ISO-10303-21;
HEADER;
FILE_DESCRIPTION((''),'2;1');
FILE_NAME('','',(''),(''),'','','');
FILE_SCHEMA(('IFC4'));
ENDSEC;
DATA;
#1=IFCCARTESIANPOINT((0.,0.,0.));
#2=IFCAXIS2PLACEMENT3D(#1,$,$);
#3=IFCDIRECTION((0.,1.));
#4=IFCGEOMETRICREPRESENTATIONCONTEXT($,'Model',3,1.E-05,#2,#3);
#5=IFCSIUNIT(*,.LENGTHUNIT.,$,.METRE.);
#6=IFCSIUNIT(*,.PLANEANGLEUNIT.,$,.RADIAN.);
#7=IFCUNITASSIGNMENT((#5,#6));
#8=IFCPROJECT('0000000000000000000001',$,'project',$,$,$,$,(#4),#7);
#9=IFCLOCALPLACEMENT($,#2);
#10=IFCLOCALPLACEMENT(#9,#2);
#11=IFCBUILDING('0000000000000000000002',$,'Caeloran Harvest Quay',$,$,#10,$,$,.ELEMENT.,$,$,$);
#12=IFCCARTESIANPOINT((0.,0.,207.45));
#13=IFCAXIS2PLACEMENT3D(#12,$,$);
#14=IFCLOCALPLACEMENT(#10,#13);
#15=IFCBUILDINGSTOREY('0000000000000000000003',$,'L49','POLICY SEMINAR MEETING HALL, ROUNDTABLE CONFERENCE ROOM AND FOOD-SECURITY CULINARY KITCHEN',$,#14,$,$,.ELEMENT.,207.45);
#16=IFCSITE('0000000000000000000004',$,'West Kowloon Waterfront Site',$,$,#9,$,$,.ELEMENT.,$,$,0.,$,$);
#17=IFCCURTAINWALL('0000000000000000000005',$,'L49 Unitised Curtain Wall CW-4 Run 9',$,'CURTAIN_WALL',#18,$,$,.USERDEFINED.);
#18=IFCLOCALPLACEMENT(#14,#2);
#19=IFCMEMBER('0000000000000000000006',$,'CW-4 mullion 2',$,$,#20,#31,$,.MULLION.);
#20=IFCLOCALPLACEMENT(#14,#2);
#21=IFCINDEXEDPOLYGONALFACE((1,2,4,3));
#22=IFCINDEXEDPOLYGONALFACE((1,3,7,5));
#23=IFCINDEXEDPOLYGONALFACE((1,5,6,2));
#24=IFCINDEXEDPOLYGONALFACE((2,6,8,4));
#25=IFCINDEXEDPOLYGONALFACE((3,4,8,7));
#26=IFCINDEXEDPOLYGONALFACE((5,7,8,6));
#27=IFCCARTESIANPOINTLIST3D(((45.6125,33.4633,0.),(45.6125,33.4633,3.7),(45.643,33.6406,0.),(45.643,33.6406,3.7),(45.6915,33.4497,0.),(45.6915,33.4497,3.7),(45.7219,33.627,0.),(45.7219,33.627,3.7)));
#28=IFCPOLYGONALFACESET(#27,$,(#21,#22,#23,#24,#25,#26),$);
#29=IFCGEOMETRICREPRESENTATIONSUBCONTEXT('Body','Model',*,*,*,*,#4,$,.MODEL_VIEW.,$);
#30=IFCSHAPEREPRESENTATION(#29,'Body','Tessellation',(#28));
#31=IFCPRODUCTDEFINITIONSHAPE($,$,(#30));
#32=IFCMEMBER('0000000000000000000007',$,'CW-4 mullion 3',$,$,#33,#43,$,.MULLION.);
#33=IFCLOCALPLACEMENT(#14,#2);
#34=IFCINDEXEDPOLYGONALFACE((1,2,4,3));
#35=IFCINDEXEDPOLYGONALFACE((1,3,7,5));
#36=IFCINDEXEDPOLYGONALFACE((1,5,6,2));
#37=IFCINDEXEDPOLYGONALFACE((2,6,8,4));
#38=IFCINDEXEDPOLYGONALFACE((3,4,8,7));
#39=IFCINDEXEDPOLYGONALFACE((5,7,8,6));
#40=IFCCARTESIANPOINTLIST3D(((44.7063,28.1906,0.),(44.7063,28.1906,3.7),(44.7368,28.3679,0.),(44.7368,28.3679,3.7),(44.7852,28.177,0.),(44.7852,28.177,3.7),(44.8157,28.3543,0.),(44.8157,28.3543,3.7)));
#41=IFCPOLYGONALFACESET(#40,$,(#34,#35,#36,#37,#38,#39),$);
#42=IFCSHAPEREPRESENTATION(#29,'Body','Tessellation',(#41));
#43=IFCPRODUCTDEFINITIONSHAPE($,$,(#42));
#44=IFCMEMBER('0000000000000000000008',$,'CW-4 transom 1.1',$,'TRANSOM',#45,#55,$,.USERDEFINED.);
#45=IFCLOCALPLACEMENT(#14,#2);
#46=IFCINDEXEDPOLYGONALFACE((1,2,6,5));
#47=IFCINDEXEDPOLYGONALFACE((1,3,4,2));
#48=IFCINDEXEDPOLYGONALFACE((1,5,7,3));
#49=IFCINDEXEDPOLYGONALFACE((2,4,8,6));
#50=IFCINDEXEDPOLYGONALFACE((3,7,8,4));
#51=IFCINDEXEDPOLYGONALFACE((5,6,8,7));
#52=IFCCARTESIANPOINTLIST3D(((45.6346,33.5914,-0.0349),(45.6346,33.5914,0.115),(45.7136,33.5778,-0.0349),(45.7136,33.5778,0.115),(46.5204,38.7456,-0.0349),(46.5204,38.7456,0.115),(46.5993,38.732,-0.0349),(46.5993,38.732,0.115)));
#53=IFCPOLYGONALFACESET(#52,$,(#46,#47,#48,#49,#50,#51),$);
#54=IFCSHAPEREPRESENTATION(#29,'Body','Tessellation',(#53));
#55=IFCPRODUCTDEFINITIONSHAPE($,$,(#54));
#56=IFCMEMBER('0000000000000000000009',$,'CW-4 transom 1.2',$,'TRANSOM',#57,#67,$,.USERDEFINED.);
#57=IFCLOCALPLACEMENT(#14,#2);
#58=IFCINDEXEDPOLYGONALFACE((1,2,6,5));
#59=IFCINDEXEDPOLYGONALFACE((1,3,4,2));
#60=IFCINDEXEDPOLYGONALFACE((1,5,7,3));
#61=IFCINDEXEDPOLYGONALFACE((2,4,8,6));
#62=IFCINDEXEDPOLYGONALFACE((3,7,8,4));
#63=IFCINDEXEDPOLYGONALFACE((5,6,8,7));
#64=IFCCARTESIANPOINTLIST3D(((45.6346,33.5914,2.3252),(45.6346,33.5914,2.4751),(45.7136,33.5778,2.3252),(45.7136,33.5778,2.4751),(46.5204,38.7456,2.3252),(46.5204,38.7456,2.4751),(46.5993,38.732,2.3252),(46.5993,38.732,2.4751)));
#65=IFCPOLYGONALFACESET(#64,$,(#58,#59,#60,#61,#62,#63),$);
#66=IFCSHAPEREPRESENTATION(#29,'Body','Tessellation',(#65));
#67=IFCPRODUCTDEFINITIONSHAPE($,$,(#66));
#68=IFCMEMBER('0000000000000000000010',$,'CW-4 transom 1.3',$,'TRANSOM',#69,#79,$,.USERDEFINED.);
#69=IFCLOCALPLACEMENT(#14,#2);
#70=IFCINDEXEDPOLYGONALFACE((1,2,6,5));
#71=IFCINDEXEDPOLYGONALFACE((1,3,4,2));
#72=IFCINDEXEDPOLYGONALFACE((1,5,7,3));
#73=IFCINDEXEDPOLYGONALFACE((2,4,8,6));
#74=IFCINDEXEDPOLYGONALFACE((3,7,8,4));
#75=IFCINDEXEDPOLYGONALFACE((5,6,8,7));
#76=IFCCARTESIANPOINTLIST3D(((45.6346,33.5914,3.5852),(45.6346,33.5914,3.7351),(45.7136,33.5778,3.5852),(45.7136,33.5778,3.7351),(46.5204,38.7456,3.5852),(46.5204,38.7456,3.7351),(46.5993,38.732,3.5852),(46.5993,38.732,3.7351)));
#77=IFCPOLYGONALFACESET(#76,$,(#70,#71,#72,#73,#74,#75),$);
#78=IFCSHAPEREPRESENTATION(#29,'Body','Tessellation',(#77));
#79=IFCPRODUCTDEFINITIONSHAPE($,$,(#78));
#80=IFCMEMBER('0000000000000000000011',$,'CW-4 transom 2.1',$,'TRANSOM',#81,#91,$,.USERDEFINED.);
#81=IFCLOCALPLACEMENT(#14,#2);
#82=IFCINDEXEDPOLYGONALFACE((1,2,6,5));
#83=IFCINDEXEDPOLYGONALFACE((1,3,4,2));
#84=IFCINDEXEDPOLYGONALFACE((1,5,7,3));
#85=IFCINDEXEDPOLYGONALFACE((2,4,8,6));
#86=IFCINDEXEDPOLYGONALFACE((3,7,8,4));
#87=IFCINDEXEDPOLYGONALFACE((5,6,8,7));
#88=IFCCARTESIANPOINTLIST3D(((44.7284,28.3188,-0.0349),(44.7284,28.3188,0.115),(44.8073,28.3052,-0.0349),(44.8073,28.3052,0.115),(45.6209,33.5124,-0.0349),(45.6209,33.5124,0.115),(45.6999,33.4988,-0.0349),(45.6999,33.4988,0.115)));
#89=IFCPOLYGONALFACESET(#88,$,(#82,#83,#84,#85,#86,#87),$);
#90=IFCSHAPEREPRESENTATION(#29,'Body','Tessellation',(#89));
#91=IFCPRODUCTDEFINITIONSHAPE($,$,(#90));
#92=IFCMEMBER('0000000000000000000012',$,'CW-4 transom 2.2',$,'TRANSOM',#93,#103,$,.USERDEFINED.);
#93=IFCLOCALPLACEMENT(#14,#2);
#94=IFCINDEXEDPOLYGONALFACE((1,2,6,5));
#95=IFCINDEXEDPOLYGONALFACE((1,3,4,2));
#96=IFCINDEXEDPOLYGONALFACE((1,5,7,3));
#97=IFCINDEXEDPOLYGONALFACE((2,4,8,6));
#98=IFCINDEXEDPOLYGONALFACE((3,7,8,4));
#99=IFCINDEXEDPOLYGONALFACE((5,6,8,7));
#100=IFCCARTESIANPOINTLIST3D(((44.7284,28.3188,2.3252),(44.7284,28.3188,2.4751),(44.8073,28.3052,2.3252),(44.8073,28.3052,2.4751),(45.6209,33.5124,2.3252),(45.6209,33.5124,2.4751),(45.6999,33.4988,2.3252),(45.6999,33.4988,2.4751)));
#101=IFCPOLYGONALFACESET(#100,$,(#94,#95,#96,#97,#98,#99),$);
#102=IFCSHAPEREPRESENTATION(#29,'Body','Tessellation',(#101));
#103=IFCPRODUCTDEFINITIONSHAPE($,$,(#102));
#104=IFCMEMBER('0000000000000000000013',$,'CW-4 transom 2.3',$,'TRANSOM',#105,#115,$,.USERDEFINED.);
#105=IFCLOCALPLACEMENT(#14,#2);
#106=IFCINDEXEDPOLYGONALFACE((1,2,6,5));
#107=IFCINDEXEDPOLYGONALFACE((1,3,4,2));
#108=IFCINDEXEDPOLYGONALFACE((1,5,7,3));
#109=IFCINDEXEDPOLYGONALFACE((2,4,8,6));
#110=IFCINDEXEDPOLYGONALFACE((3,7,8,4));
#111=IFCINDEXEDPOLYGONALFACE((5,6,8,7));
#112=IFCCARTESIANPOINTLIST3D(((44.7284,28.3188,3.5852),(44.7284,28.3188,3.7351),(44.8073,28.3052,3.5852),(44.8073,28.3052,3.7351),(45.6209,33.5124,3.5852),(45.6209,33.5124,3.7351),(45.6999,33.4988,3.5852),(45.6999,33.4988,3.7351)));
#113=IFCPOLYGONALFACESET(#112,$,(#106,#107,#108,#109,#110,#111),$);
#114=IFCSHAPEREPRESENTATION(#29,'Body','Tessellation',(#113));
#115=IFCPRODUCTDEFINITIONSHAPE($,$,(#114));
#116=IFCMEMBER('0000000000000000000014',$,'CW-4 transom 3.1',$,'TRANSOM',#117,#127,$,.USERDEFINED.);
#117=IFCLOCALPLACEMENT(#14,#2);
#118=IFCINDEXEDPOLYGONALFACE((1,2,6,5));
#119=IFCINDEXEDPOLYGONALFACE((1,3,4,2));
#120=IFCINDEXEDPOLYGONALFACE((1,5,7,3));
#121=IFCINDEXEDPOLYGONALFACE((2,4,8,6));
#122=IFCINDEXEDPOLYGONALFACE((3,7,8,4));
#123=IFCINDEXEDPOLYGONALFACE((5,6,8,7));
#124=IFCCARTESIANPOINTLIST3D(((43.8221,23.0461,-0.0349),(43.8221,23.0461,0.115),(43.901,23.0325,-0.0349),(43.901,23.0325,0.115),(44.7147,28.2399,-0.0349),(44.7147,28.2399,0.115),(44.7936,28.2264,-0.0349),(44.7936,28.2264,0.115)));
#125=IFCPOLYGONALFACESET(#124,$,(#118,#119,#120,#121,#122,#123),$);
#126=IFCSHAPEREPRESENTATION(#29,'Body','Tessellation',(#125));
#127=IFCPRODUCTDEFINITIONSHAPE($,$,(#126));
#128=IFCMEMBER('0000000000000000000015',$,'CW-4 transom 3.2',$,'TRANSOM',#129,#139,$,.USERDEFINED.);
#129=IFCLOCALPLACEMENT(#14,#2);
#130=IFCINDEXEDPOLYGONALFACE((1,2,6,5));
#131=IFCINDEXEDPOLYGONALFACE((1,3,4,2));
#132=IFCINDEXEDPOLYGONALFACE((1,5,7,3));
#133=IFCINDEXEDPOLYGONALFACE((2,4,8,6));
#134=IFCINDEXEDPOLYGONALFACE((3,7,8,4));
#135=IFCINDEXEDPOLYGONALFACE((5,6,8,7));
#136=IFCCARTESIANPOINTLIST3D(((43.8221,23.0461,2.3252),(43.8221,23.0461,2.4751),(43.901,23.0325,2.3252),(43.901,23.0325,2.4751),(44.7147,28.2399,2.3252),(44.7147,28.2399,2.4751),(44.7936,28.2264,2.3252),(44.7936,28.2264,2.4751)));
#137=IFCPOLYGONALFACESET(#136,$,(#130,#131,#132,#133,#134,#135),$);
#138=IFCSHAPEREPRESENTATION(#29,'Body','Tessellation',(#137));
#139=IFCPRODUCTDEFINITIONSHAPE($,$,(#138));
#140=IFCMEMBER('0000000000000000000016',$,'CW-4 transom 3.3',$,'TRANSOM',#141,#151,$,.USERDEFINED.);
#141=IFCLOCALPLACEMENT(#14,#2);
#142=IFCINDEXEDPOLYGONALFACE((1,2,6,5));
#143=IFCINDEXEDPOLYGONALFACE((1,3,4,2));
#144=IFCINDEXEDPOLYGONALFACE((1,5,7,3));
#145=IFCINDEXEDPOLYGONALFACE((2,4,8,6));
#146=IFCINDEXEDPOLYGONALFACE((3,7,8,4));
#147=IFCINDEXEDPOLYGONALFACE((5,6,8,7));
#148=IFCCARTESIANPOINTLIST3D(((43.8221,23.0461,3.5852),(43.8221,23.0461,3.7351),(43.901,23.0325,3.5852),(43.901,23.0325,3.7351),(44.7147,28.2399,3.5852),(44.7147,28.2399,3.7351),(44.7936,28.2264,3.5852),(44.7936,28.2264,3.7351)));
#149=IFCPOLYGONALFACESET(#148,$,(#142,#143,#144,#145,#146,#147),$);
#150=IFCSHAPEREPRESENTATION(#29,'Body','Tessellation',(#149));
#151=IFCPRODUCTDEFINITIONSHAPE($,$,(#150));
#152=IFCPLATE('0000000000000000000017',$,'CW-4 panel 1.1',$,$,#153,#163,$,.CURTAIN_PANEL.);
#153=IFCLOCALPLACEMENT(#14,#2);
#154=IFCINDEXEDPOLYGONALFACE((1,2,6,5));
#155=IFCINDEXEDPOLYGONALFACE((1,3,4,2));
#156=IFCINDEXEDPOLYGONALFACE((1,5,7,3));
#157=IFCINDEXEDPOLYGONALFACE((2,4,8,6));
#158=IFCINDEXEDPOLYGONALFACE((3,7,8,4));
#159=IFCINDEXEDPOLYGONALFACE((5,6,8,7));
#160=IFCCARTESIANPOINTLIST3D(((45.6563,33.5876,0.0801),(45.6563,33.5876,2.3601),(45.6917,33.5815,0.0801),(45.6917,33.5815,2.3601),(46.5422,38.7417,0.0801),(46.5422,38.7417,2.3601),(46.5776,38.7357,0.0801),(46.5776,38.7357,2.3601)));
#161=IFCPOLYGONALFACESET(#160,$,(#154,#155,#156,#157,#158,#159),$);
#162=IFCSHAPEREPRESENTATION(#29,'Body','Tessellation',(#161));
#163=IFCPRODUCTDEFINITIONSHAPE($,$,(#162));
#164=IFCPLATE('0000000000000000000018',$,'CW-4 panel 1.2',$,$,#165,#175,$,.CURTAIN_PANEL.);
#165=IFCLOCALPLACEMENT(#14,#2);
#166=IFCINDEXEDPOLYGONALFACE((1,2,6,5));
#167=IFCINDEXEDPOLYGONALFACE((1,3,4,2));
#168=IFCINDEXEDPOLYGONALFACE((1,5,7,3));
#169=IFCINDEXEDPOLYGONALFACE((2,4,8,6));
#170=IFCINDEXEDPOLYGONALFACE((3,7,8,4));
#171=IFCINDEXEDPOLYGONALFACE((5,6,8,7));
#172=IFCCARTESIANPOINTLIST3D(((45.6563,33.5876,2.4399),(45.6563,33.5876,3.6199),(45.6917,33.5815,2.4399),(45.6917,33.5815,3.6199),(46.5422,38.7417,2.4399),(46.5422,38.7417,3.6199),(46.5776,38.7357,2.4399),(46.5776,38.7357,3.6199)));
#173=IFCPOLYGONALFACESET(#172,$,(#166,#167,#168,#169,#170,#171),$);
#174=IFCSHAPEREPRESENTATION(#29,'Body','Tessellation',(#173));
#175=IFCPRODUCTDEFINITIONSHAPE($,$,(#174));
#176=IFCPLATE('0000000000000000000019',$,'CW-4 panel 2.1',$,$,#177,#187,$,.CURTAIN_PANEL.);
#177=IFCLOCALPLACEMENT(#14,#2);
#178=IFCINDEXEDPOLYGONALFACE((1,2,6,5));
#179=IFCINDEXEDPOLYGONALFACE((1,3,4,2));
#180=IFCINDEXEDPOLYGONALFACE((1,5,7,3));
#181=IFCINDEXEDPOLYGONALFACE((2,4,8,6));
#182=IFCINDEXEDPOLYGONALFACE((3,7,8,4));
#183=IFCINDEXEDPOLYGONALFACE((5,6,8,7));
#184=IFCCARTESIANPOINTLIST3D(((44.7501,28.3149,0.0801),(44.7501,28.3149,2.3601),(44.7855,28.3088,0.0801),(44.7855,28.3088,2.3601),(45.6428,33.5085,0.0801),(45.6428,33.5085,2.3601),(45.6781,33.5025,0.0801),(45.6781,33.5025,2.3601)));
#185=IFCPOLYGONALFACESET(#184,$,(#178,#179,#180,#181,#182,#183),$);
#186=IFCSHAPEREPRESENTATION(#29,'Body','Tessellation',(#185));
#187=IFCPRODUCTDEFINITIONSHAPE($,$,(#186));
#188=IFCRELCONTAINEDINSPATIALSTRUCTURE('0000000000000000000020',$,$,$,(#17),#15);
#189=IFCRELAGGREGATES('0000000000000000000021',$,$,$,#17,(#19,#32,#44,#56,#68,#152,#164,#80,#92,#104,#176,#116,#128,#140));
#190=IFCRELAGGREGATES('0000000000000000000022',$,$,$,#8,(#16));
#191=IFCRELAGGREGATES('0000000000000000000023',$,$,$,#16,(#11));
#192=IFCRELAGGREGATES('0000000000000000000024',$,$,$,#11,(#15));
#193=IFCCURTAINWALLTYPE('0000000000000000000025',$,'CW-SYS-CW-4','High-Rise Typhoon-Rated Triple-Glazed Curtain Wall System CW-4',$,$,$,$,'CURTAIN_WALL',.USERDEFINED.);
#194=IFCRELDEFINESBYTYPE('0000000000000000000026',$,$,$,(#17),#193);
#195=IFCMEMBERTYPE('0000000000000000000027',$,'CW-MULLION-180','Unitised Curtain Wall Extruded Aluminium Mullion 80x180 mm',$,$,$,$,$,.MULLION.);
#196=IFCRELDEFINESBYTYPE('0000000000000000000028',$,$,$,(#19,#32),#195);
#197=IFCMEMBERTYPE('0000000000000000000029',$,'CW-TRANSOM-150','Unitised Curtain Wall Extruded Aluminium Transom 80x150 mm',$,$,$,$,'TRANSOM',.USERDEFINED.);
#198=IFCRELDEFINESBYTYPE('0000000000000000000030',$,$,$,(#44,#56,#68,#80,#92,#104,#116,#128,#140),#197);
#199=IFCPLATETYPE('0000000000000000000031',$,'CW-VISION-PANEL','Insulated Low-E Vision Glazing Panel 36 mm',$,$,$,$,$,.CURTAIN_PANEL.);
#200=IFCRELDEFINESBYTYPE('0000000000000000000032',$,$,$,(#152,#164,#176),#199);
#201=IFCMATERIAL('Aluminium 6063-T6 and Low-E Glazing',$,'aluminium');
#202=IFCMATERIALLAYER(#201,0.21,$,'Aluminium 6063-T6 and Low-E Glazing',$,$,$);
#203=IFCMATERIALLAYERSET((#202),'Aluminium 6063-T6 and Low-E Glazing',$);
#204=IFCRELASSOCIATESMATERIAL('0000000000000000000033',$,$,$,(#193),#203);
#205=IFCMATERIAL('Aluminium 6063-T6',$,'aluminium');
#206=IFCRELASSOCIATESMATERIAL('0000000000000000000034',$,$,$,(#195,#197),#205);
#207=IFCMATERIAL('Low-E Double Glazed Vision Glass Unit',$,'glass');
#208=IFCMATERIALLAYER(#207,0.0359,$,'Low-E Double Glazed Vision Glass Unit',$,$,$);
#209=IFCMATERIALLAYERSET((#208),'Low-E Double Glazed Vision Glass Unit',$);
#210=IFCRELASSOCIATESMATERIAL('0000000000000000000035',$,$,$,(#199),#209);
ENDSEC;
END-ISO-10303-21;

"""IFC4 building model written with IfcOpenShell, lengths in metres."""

from ifc_helpers import new_model, si_unit, direction, frame, origin, origin_2d, place, context, subcontext, project, spatial, rectangle, extrude, material, layer, layer_set, material_profile, profile_set, type_object, element, aggregate, save


model = new_model("IFC4")

# Units and contexts
model_context = context("Model", 3, precision=1e-05, world=origin(), true_north=direction((0.0, 1.0)))
body_context = subcontext(model_context, "Body", "Model", "MODEL_VIEW")
ifc_project = project(units=[si_unit("LENGTHUNIT", "METRE"), si_unit("PLANEANGLEUNIT", "RADIAN")], contexts=[model_context])

# Site, building, storey
site_placement = place(None, origin())
site = spatial("IfcSite", under=ifc_project, at=site_placement, Name="West Kowloon Waterfront Site", CompositionType="ELEMENT", RefElevation=0.0)
building_placement = place(site_placement, origin())
building = spatial("IfcBuilding", under=site, at=building_placement, Name="Caeloran Harvest Quay", CompositionType="ELEMENT")
storey_placement = place(building_placement, frame((0.0, 0.0, 207.45)))
storey = spatial("IfcBuildingStorey", under=building, at=storey_placement, Name="L49", Description="POLICY SEMINAR MEETING HALL, ROUNDTABLE CONFERENCE ROOM AND FOOD-SECURITY CULINARY KITCHEN", CompositionType="ELEMENT", Elevation=207.45)

# Curtain wall, members, plates
ifc_material_1 = material(Name="Aluminium 6063-T6 and Low-E Glazing", Category="aluminium")
ifc_layer_1 = layer(ifc_material_1, 0.21, Name="Aluminium 6063-T6 and Low-E Glazing")
ifc_layer_set_1 = layer_set([ifc_layer_1], Name="Aluminium 6063-T6 and Low-E Glazing")
curtain_wall_type = type_object("IfcCurtainWallType", Name="CW-SYS-CW-4", Description="High-Rise Typhoon-Rated Triple-Glazed Curtain Wall System CW-4", ElementType="CURTAIN_WALL", PredefinedType="USERDEFINED", material=ifc_layer_set_1)
curtain_wall_placement = place(storey_placement, origin())
curtain_wall = element("IfcCurtainWall", 1, at=curtain_wall_placement, inside=storey, type_object=curtain_wall_type, Name="L49 Unitised Curtain Wall CW-4 Run 9", ObjectType="CURTAIN_WALL", PredefinedType="USERDEFINED")
ifc_material_2 = material(Name="Aluminium 6063-T6", Category="aluminium")
ifc_material_profile_1 = material_profile(ifc_material_2, rectangle(XDim=0.0801, YDim=0.1799, at=origin_2d()), Name="CW-MULLION-180")
ifc_profile_set_1 = profile_set([ifc_material_profile_1], Name="Aluminium 6063-T6")
member_type_1 = type_object("IfcMemberType", Name="CW-MULLION-180", Description="Unitised Curtain Wall Extruded Aluminium Mullion 80x180 mm", PredefinedType="MULLION", material=ifc_profile_set_1)
member_1_placement = place(storey_placement, frame((45.6672, 33.5452, 0.0), z_axis=(0.0, 0.0, 1.0), x_axis=(0.985549, -0.169391, 0.0)))
member_1 = element("IfcMember", 2, at=member_1_placement, type_object=member_type_1, Name="CW-4 mullion 2", PredefinedType="MULLION", context=body_context, shape_type="SweptSolid", body=[
    extrude(rectangle(XDim=0.0801, YDim=0.1799, at=origin_2d()), origin(), (0.0, 0.0, 1.0), 3.7),
])
member_2_placement = place(storey_placement, frame((44.761, 28.2725, 0.0), z_axis=(0.0, 0.0, 1.0), x_axis=(0.985549, -0.169391, 0.0)))
member_2 = element("IfcMember", 3, at=member_2_placement, type_object=member_type_1, Name="CW-4 mullion 3", PredefinedType="MULLION", context=body_context, shape_type="SweptSolid", body=[
    extrude(rectangle(XDim=0.0801, YDim=0.1799, at=origin_2d()), origin(), (0.0, 0.0, 1.0), 3.7),
])
ifc_material_profile_2 = material_profile(ifc_material_2, rectangle(XDim=0.0801, YDim=0.1499, at=origin_2d()), Name="CW-TRANSOM-150")
ifc_profile_set_2 = profile_set([ifc_material_profile_2], Name="Aluminium 6063-T6")
member_type_2 = type_object("IfcMemberType", Name="CW-TRANSOM-150", Description="Unitised Curtain Wall Extruded Aluminium Transom 80x150 mm", ElementType="TRANSOM", PredefinedType="USERDEFINED", material=ifc_profile_set_2)
member_3_placement = place(storey_placement, frame((46.5598, 38.7388, 0.04), z_axis=(-0.169363, -0.985554, 0.0), x_axis=(0.985554, -0.169363, 0.0)))
member_3 = element("IfcMember", 4, at=member_3_placement, type_object=member_type_2, Name="CW-4 transom 1.1", ObjectType="TRANSOM", PredefinedType="USERDEFINED", context=body_context, shape_type="SweptSolid", body=[
    extrude(rectangle(XDim=0.0801, YDim=0.1499, at=origin_2d()), origin(), (0.0, 0.0, 1.0), 5.2297),
])
member_4_placement = place(storey_placement, frame((46.5598, 38.7388, 2.4001), z_axis=(-0.169363, -0.985554, 0.0), x_axis=(0.985554, -0.169363, 0.0)))
member_4 = element("IfcMember", 5, at=member_4_placement, type_object=member_type_2, Name="CW-4 transom 1.2", ObjectType="TRANSOM", PredefinedType="USERDEFINED", context=body_context, shape_type="SweptSolid", body=[
    extrude(rectangle(XDim=0.0801, YDim=0.1499, at=origin_2d()), origin(), (0.0, 0.0, 1.0), 5.2297),
])
member_5_placement = place(storey_placement, frame((46.5598, 38.7388, 3.6602), z_axis=(-0.169363, -0.985554, 0.0), x_axis=(0.985554, -0.169363, 0.0)))
member_5 = element("IfcMember", 6, at=member_5_placement, type_object=member_type_2, Name="CW-4 transom 1.3", ObjectType="TRANSOM", PredefinedType="USERDEFINED", context=body_context, shape_type="SweptSolid", body=[
    extrude(rectangle(XDim=0.0801, YDim=0.1499, at=origin_2d()), origin(), (0.0, 0.0, 1.0), 5.2297),
])
member_6_placement = place(storey_placement, frame((45.6604, 33.5056, 0.04), z_axis=(-0.169378, -0.985551, 0.0), x_axis=(0.985551, -0.169378, 0.0)))
member_6 = element("IfcMember", 7, at=member_6_placement, type_object=member_type_2, Name="CW-4 transom 2.1", ObjectType="TRANSOM", PredefinedType="USERDEFINED", context=body_context, shape_type="SweptSolid", body=[
    extrude(rectangle(XDim=0.0801, YDim=0.1499, at=origin_2d()), origin(), (0.0, 0.0, 1.0), 5.2698),
])
member_7_placement = place(storey_placement, frame((45.6604, 33.5056, 2.4001), z_axis=(-0.169378, -0.985551, 0.0), x_axis=(0.985551, -0.169378, 0.0)))
member_7 = element("IfcMember", 8, at=member_7_placement, type_object=member_type_2, Name="CW-4 transom 2.2", ObjectType="TRANSOM", PredefinedType="USERDEFINED", context=body_context, shape_type="SweptSolid", body=[
    extrude(rectangle(XDim=0.0801, YDim=0.1499, at=origin_2d()), origin(), (0.0, 0.0, 1.0), 5.2698),
])
member_8_placement = place(storey_placement, frame((45.6604, 33.5056, 3.6602), z_axis=(-0.169378, -0.985551, 0.0), x_axis=(0.985551, -0.169378, 0.0)))
member_8 = element("IfcMember", 9, at=member_8_placement, type_object=member_type_2, Name="CW-4 transom 2.3", ObjectType="TRANSOM", PredefinedType="USERDEFINED", context=body_context, shape_type="SweptSolid", body=[
    extrude(rectangle(XDim=0.0801, YDim=0.1499, at=origin_2d()), origin(), (0.0, 0.0, 1.0), 5.2698),
])
member_9_placement = place(storey_placement, frame((44.7542, 28.2332, 0.04), z_axis=(-0.16937, -0.985553, 0.0), x_axis=(0.985553, -0.16937, 0.0)))
member_9 = element("IfcMember", 10, at=member_9_placement, type_object=member_type_2, Name="CW-4 transom 3.1", ObjectType="TRANSOM", PredefinedType="USERDEFINED", context=body_context, shape_type="SweptSolid", body=[
    extrude(rectangle(XDim=0.0801, YDim=0.1499, at=origin_2d()), origin(), (0.0, 0.0, 1.0), 5.27),
])
member_10_placement = place(storey_placement, frame((44.7542, 28.2332, 2.4001), z_axis=(-0.16937, -0.985553, 0.0), x_axis=(0.985553, -0.16937, 0.0)))
member_10 = element("IfcMember", 11, at=member_10_placement, type_object=member_type_2, Name="CW-4 transom 3.2", ObjectType="TRANSOM", PredefinedType="USERDEFINED", context=body_context, shape_type="SweptSolid", body=[
    extrude(rectangle(XDim=0.0801, YDim=0.1499, at=origin_2d()), origin(), (0.0, 0.0, 1.0), 5.27),
])
member_11_placement = place(storey_placement, frame((44.7542, 28.2332, 3.6602), z_axis=(-0.16937, -0.985553, 0.0), x_axis=(0.985553, -0.16937, 0.0)))
member_11 = element("IfcMember", 12, at=member_11_placement, type_object=member_type_2, Name="CW-4 transom 3.3", ObjectType="TRANSOM", PredefinedType="USERDEFINED", context=body_context, shape_type="SweptSolid", body=[
    extrude(rectangle(XDim=0.0801, YDim=0.1499, at=origin_2d()), origin(), (0.0, 0.0, 1.0), 5.27),
])
ifc_material_3 = material(Name="Low-E Double Glazed Vision Glass Unit", Category="glass")
ifc_layer_2 = layer(ifc_material_3, 0.0359, Name="Low-E Double Glazed Vision Glass Unit")
ifc_layer_set_2 = layer_set([ifc_layer_2], Name="Low-E Double Glazed Vision Glass Unit")
plate_type = type_object("IfcPlateType", Name="CW-VISION-PANEL", Description="Insulated Low-E Vision Glazing Panel 36 mm", PredefinedType="CURTAIN_PANEL", material=ifc_layer_set_2)
plate_1_placement = place(storey_placement, frame((46.1169, 36.1616, 0.0801), z_axis=(0.0, 0.0, 1.0), x_axis=(-0.169391, -0.985549, 0.0)))
plate_1 = element("IfcPlate", 13, at=plate_1_placement, type_object=plate_type, Name="CW-4 panel 1.1", PredefinedType="CURTAIN_PANEL", context=body_context, shape_type="SweptSolid", body=[
    extrude(rectangle(XDim=5.2297, YDim=0.0359, at=origin_2d()), origin(), (0.0, 0.0, 1.0), 2.28),
])
plate_2_placement = place(storey_placement, frame((46.1169, 36.1616, 2.4399), z_axis=(0.0, 0.0, 1.0), x_axis=(-0.169391, -0.985549, 0.0)))
plate_2 = element("IfcPlate", 14, at=plate_2_placement, type_object=plate_type, Name="CW-4 panel 1.2", PredefinedType="CURTAIN_PANEL", context=body_context, shape_type="SweptSolid", body=[
    extrude(rectangle(XDim=5.2297, YDim=0.0359, at=origin_2d()), origin(), (0.0, 0.0, 1.0), 1.1799),
])
plate_3_placement = place(storey_placement, frame((45.2141, 30.9087, 0.0801), z_axis=(0.0, 0.0, 1.0), x_axis=(-0.169391, -0.985549, 0.0)))
plate_3 = element("IfcPlate", 15, at=plate_3_placement, type_object=plate_type, Name="CW-4 panel 2.1", PredefinedType="CURTAIN_PANEL", context=body_context, shape_type="SweptSolid", body=[
    extrude(rectangle(XDim=5.2698, YDim=0.0359, at=origin_2d()), origin(), (0.0, 0.0, 1.0), 2.28),
])
aggregate(curtain_wall, [member_1, member_2, member_3, member_4, member_5, plate_1, plate_2, member_6, member_7, member_8, plate_3, member_9, member_10, member_11])

save(model, "model.ifc")
